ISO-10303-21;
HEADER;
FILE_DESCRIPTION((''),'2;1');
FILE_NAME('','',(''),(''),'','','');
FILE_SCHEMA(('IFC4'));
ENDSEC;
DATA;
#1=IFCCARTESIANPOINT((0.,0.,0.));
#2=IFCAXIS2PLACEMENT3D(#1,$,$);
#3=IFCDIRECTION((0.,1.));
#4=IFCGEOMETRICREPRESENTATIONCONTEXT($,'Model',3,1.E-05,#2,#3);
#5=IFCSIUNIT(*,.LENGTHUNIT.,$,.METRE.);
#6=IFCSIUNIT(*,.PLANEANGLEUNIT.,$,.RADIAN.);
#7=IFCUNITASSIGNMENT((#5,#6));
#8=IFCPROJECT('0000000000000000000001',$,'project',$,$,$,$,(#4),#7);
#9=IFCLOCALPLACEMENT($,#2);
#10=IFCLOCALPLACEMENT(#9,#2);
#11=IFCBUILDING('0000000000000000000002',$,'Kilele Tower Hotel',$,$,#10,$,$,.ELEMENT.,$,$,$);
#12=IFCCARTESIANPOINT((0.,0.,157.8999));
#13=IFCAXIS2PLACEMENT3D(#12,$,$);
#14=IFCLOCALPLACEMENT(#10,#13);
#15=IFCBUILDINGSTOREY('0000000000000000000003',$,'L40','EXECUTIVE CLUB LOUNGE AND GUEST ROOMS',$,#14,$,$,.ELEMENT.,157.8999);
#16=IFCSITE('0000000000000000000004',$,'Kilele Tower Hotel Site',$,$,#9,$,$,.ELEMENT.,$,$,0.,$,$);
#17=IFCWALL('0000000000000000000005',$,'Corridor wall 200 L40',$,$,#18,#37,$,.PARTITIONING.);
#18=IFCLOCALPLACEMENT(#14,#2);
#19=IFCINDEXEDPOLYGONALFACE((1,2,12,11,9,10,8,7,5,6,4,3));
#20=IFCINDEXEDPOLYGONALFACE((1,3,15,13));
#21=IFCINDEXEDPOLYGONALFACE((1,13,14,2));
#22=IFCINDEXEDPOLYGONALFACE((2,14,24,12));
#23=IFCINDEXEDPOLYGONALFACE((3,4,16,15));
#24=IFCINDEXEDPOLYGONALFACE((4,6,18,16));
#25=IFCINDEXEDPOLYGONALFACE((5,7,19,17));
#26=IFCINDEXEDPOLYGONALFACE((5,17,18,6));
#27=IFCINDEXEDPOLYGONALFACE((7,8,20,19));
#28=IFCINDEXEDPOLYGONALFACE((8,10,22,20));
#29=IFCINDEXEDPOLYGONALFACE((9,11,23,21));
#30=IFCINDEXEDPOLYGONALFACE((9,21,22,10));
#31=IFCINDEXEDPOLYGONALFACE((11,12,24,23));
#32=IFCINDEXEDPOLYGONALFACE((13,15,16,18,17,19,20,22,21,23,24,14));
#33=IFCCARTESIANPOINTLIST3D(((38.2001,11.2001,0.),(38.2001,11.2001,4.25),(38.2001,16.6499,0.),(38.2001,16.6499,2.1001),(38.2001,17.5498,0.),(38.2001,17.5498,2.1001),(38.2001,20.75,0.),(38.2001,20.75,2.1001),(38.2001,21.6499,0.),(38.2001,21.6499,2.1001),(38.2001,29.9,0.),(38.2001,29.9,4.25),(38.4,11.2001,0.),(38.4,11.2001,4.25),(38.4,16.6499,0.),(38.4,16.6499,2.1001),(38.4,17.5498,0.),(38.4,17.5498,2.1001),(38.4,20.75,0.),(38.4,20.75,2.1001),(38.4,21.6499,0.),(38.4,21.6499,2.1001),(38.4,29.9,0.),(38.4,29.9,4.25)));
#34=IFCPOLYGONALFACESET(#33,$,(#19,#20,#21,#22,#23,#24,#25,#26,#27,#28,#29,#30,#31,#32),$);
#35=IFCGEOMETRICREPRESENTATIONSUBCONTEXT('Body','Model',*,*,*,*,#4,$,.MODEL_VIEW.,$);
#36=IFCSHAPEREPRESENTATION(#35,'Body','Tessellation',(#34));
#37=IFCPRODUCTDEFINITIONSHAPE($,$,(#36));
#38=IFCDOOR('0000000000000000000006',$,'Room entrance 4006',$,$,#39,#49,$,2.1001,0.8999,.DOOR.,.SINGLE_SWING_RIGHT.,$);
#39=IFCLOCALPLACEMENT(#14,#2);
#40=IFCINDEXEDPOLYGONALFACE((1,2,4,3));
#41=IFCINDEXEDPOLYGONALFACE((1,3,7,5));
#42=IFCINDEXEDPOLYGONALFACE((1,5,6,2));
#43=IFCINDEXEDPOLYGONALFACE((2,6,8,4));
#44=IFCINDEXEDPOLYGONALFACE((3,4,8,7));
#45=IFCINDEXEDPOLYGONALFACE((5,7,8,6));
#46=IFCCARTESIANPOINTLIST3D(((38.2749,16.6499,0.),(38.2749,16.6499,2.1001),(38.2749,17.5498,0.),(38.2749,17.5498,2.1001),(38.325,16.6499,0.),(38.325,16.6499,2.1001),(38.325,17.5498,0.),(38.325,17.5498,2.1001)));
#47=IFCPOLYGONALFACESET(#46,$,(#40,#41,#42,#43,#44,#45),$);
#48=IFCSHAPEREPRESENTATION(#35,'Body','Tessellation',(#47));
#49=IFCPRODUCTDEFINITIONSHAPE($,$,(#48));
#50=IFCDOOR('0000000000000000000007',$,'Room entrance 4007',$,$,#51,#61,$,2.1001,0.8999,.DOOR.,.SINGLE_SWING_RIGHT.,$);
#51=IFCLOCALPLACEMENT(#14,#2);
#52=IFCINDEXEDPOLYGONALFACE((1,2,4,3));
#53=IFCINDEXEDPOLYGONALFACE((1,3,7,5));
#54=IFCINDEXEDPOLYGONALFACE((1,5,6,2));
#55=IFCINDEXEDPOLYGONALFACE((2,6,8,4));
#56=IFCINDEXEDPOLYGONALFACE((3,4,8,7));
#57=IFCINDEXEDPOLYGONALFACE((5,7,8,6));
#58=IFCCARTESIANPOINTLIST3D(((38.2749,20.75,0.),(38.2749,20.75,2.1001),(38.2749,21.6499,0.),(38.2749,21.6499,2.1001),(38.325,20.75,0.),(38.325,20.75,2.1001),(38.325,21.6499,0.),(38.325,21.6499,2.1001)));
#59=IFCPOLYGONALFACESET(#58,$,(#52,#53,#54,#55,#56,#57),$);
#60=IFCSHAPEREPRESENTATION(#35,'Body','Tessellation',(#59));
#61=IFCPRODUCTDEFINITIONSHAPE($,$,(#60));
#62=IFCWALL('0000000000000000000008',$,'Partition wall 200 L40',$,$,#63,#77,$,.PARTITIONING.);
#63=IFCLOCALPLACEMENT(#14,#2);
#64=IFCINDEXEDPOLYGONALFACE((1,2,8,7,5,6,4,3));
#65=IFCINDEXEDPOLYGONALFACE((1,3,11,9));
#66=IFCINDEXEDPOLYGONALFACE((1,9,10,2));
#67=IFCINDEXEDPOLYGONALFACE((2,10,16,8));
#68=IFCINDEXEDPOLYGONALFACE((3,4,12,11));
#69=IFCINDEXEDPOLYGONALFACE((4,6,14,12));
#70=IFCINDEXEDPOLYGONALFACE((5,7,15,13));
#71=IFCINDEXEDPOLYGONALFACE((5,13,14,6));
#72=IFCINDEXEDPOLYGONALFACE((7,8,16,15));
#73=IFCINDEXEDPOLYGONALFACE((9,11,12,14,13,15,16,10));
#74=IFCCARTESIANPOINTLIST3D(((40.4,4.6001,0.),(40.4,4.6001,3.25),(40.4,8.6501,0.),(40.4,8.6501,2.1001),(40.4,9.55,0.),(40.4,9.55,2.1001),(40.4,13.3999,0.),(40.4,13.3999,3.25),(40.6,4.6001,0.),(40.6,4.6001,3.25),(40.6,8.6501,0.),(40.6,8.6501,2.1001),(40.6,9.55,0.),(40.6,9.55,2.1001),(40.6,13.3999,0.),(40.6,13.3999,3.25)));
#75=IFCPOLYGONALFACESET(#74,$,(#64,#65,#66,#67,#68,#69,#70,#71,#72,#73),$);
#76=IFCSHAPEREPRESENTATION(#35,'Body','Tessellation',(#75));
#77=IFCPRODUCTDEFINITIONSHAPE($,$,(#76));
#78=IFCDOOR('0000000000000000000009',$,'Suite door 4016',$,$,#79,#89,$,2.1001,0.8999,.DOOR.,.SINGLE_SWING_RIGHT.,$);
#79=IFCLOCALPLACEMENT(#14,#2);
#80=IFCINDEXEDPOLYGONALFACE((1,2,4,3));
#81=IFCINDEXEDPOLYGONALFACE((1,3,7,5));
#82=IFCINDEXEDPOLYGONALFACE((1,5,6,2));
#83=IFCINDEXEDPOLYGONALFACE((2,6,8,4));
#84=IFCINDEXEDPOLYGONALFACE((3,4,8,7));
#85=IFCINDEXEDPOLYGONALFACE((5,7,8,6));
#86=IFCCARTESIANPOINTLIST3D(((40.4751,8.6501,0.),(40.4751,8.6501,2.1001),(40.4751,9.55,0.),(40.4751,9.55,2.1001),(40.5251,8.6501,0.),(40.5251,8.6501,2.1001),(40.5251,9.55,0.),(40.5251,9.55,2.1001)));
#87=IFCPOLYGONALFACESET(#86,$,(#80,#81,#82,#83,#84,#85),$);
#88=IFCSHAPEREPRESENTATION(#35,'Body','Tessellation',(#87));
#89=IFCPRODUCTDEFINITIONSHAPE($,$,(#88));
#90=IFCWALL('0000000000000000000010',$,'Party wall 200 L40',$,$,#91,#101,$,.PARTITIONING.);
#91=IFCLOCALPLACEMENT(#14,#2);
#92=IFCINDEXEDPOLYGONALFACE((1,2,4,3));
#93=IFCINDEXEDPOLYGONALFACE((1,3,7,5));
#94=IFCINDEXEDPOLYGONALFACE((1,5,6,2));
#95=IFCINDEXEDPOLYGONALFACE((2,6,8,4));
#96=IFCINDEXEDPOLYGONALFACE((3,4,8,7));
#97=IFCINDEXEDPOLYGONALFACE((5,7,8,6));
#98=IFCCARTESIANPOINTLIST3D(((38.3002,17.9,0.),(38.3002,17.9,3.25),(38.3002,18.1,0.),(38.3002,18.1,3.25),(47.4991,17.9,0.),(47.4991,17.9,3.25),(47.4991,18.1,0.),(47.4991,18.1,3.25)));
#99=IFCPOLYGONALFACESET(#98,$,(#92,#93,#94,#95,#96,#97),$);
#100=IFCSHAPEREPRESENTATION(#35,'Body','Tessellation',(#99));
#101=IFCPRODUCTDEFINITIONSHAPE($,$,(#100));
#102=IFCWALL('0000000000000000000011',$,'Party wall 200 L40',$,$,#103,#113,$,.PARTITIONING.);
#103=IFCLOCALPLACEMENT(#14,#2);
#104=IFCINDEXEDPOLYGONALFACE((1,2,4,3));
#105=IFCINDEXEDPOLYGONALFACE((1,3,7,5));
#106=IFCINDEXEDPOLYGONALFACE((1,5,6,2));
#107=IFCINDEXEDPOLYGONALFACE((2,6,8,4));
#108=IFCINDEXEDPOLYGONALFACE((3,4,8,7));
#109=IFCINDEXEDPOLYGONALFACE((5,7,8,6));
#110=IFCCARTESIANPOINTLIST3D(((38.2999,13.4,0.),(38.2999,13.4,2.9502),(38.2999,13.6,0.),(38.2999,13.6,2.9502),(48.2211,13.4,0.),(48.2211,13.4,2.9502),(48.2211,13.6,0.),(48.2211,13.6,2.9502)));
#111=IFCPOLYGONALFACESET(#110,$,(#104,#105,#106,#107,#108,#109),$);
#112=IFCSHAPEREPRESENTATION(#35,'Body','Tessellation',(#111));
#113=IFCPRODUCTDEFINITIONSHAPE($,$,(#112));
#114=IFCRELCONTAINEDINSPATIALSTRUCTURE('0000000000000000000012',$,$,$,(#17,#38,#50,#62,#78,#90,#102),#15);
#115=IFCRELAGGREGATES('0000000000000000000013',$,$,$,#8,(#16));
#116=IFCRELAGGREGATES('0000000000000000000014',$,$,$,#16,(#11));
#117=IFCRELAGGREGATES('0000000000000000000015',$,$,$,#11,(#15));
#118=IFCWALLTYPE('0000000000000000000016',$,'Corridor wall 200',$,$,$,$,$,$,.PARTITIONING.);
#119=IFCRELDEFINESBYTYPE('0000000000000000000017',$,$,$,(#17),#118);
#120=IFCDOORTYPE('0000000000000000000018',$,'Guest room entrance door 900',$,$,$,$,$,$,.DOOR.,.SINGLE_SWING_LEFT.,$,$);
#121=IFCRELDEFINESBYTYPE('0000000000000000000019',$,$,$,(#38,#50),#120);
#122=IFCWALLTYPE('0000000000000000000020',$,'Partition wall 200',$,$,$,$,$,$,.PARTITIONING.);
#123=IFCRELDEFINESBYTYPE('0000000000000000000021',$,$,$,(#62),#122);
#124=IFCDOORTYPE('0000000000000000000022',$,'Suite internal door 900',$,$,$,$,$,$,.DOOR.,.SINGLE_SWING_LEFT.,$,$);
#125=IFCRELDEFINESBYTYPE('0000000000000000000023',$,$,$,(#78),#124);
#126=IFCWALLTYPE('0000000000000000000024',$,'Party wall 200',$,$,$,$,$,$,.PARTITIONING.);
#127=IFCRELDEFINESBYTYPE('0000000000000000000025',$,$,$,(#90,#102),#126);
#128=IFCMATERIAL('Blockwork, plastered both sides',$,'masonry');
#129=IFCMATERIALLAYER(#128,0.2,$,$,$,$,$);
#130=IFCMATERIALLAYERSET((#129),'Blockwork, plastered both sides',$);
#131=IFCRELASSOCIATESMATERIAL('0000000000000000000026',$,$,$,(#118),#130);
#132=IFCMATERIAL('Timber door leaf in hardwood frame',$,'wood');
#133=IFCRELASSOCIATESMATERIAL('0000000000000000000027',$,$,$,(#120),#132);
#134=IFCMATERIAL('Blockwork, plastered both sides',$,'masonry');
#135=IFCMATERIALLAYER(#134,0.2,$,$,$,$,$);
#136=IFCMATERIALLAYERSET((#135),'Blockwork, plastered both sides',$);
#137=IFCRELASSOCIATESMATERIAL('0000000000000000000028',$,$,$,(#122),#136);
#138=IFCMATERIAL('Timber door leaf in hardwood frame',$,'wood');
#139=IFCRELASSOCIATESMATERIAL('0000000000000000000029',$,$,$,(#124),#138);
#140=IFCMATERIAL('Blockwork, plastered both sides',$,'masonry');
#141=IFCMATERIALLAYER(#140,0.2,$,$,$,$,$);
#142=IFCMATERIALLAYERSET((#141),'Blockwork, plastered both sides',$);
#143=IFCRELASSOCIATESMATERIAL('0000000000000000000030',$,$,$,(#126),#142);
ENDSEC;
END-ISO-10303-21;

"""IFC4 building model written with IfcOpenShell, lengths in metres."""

from ifc_helpers import new_model, si_unit, direction, frame, frame_2d, origin, place, context, subcontext, project, spatial, rectangle, extrude, material, layer, layer_set, type_object, element, fill, save


model = new_model("IFC4")

# Units and contexts
model_context = context("Model", 3, precision=1e-05, world=origin(), true_north=direction((0.0, 1.0)))
body_context = subcontext(model_context, "Body", "Model", "MODEL_VIEW")
ifc_project = project(units=[si_unit("LENGTHUNIT", "METRE"), si_unit("PLANEANGLEUNIT", "RADIAN")], contexts=[model_context])

# Site, building, storey
site_placement = place(None, origin())
site = spatial("IfcSite", under=ifc_project, at=site_placement, Name="Kilele Tower Hotel Site", CompositionType="ELEMENT", RefElevation=0.0)
building_placement = place(site_placement, origin())
building = spatial("IfcBuilding", under=site, at=building_placement, Name="Kilele Tower Hotel", CompositionType="ELEMENT")
storey_placement = place(building_placement, frame((0.0, 0.0, 157.8999)))
storey = spatial("IfcBuildingStorey", under=building, at=storey_placement, Name="L40", Description="EXECUTIVE CLUB LOUNGE AND GUEST ROOMS", CompositionType="ELEMENT", Elevation=157.8999)

# Wall, openings, doors
ifc_material_1 = material(Name="Blockwork, plastered both sides", Category="masonry")
ifc_layer_1 = layer(ifc_material_1, 0.2)
ifc_layer_set_1 = layer_set([ifc_layer_1], Name="Blockwork, plastered both sides")
wall_type_1 = type_object("IfcWallType", Name="Corridor wall 200", PredefinedType="PARTITIONING", material=ifc_layer_set_1)
wall_1_placement = place(storey_placement, frame((38.3, 11.2, 0.0), z_axis=(0.0, 0.0, 1.0), x_axis=(0.0, 1.0, 0.0)))
wall_1 = element("IfcWall", 1, at=wall_1_placement, inside=storey, type_object=wall_type_1, Name="Corridor wall 200 L40", PredefinedType="PARTITIONING", context=body_context, shape_type="SweptSolid", body=[
    extrude(rectangle(XDim=18.7, YDim=0.2, at=frame_2d((9.3501, 0.0))), origin(), (0.0, 0.0, 1.0), 4.25),
])
opening_1_placement = place(wall_1_placement, frame((6.3499, 0.0, 0.0), z_axis=(0.0, 0.0, 1.0), x_axis=(-1.0, 0.0, 0.0)))
opening_1 = element("IfcOpeningElement", 2, at=opening_1_placement, cuts=wall_1, PredefinedType="OPENING", context=body_context, shape_type="SweptSolid", body=[
    extrude(rectangle(XDim=0.8999, YDim=2.1001, at=frame_2d((0.45, 1.05))), frame((0.0, 0.1099, 0.0), z_axis=(0.0, -1.0, 0.0), x_axis=(1.0, 0.0, 0.0)), (0.0, 0.0, 1.0), 0.22),
])
opening_2_placement = place(wall_1_placement, frame((10.45, 0.0, 0.0), z_axis=(0.0, 0.0, 1.0), x_axis=(-1.0, 0.0, 0.0)))
opening_2 = element("IfcOpeningElement", 3, at=opening_2_placement, cuts=wall_1, PredefinedType="OPENING", context=body_context, shape_type="SweptSolid", body=[
    extrude(rectangle(XDim=0.8999, YDim=2.1001, at=frame_2d((0.45, 1.05))), frame((0.0, 0.1099, 0.0), z_axis=(0.0, -1.0, 0.0), x_axis=(1.0, 0.0, 0.0)), (0.0, 0.0, 1.0), 0.22),
])
ifc_material_2 = material(Name="Timber door leaf in hardwood frame", Category="wood")
door_type_1 = type_object("IfcDoorType", Name="Guest room entrance door 900", OperationType="SINGLE_SWING_LEFT", PredefinedType="DOOR", material=ifc_material_2)
door_1_placement = place(opening_1_placement, origin())
door_1 = element("IfcDoor", 4, at=door_1_placement, inside=storey, type_object=door_type_1, Name="Room entrance 4006", OperationType="SINGLE_SWING_RIGHT", OverallHeight=2.1001, OverallWidth=0.8999, PredefinedType="DOOR", context=body_context, shape_type="SweptSolid", body=[
    extrude(rectangle(XDim=0.8999, YDim=2.1001, at=frame_2d((0.45, 1.05))), frame((0.0, 0.0249, 0.0), z_axis=(0.0, -1.0, 0.0), x_axis=(1.0, 0.0, 0.0)), (0.0, 0.0, 1.0), 0.05),
])
fill(opening_1, door_1)
door_2_placement = place(opening_2_placement, origin())
door_2 = element("IfcDoor", 5, at=door_2_placement, inside=storey, type_object=door_type_1, Name="Room entrance 4007", OperationType="SINGLE_SWING_RIGHT", OverallHeight=2.1001, OverallWidth=0.8999, PredefinedType="DOOR", context=body_context, shape_type="SweptSolid", body=[
    extrude(rectangle(XDim=0.8999, YDim=2.1001, at=frame_2d((0.45, 1.05))), frame((0.0, 0.0249, 0.0), z_axis=(0.0, -1.0, 0.0), x_axis=(1.0, 0.0, 0.0)), (0.0, 0.0, 1.0), 0.05),
])
fill(opening_2, door_2)

# Wall, opening, door
ifc_material_3 = material(Name="Blockwork, plastered both sides", Category="masonry")
ifc_layer_2 = layer(ifc_material_3, 0.2)
ifc_layer_set_2 = layer_set([ifc_layer_2], Name="Blockwork, plastered both sides")
wall_type_2 = type_object("IfcWallType", Name="Partition wall 200", PredefinedType="PARTITIONING", material=ifc_layer_set_2)
wall_2_placement = place(storey_placement, frame((40.5, 4.6001, 0.0), z_axis=(0.0, 0.0, 1.0), x_axis=(0.0, 1.0, 0.0)))
wall_2 = element("IfcWall", 6, at=wall_2_placement, inside=storey, type_object=wall_type_2, Name="Partition wall 200 L40", PredefinedType="PARTITIONING", context=body_context, shape_type="SweptSolid", body=[
    extrude(rectangle(XDim=8.7998, YDim=0.2, at=frame_2d((4.3999, 0.0))), origin(), (0.0, 0.0, 1.0), 3.25),
])
opening_3_placement = place(wall_2_placement, frame((4.05, 0.0, 0.0)))
opening_3 = element("IfcOpeningElement", 7, at=opening_3_placement, cuts=wall_2, PredefinedType="OPENING", context=body_context, shape_type="SweptSolid", body=[
    extrude(rectangle(XDim=0.8999, YDim=2.1001, at=frame_2d((0.45, 1.05))), frame((0.0, 0.1099, 0.0), z_axis=(0.0, -1.0, 0.0), x_axis=(1.0, 0.0, 0.0)), (0.0, 0.0, 1.0), 0.22),
])
ifc_material_4 = material(Name="Timber door leaf in hardwood frame", Category="wood")
door_type_2 = type_object("IfcDoorType", Name="Suite internal door 900", OperationType="SINGLE_SWING_LEFT", PredefinedType="DOOR", material=ifc_material_4)
door_3_placement = place(opening_3_placement, origin())
door_3 = element("IfcDoor", 8, at=door_3_placement, inside=storey, type_object=door_type_2, Name="Suite door 4016", OperationType="SINGLE_SWING_RIGHT", OverallHeight=2.1001, OverallWidth=0.8999, PredefinedType="DOOR", context=body_context, shape_type="SweptSolid", body=[
    extrude(rectangle(XDim=0.8999, YDim=2.1001, at=frame_2d((0.45, 1.05))), frame((0.0, 0.0249, 0.0), z_axis=(0.0, -1.0, 0.0), x_axis=(1.0, 0.0, 0.0)), (0.0, 0.0, 1.0), 0.05),
])
fill(opening_3, door_3)

# Walls
ifc_material_5 = material(Name="Blockwork, plastered both sides", Category="masonry")
ifc_layer_3 = layer(ifc_material_5, 0.2)
ifc_layer_set_3 = layer_set([ifc_layer_3], Name="Blockwork, plastered both sides")
wall_type_3 = type_object("IfcWallType", Name="Party wall 200", PredefinedType="PARTITIONING", material=ifc_layer_set_3)
wall_3_placement = place(storey_placement, frame((38.3, 18.0, 0.0), z_axis=(0.0, 0.0, 1.0), x_axis=(1.0, 0.0, 0.0)))
element("IfcWall", 9, at=wall_3_placement, inside=storey, type_object=wall_type_3, Name="Party wall 200 L40", PredefinedType="PARTITIONING", context=body_context, shape_type="SweptSolid", body=[
    extrude(rectangle(XDim=9.199, YDim=0.2, at=frame_2d((4.5996, 0.0))), origin(), (0.0, 0.0, 1.0), 3.25),
])
wall_4_placement = place(storey_placement, frame((38.3, 13.5, 0.0), z_axis=(0.0, 0.0, 1.0), x_axis=(1.0, 0.0, 0.0)))
element("IfcWall", 10, at=wall_4_placement, inside=storey, type_object=wall_type_3, Name="Party wall 200 L40", PredefinedType="PARTITIONING", context=body_context, shape_type="SweptSolid", body=[
    extrude(rectangle(XDim=9.9211, YDim=0.2, at=frame_2d((4.9604, 0.0))), origin(), (0.0, 0.0, 1.0), 2.9502),
])

save(model, "model.ifc")
